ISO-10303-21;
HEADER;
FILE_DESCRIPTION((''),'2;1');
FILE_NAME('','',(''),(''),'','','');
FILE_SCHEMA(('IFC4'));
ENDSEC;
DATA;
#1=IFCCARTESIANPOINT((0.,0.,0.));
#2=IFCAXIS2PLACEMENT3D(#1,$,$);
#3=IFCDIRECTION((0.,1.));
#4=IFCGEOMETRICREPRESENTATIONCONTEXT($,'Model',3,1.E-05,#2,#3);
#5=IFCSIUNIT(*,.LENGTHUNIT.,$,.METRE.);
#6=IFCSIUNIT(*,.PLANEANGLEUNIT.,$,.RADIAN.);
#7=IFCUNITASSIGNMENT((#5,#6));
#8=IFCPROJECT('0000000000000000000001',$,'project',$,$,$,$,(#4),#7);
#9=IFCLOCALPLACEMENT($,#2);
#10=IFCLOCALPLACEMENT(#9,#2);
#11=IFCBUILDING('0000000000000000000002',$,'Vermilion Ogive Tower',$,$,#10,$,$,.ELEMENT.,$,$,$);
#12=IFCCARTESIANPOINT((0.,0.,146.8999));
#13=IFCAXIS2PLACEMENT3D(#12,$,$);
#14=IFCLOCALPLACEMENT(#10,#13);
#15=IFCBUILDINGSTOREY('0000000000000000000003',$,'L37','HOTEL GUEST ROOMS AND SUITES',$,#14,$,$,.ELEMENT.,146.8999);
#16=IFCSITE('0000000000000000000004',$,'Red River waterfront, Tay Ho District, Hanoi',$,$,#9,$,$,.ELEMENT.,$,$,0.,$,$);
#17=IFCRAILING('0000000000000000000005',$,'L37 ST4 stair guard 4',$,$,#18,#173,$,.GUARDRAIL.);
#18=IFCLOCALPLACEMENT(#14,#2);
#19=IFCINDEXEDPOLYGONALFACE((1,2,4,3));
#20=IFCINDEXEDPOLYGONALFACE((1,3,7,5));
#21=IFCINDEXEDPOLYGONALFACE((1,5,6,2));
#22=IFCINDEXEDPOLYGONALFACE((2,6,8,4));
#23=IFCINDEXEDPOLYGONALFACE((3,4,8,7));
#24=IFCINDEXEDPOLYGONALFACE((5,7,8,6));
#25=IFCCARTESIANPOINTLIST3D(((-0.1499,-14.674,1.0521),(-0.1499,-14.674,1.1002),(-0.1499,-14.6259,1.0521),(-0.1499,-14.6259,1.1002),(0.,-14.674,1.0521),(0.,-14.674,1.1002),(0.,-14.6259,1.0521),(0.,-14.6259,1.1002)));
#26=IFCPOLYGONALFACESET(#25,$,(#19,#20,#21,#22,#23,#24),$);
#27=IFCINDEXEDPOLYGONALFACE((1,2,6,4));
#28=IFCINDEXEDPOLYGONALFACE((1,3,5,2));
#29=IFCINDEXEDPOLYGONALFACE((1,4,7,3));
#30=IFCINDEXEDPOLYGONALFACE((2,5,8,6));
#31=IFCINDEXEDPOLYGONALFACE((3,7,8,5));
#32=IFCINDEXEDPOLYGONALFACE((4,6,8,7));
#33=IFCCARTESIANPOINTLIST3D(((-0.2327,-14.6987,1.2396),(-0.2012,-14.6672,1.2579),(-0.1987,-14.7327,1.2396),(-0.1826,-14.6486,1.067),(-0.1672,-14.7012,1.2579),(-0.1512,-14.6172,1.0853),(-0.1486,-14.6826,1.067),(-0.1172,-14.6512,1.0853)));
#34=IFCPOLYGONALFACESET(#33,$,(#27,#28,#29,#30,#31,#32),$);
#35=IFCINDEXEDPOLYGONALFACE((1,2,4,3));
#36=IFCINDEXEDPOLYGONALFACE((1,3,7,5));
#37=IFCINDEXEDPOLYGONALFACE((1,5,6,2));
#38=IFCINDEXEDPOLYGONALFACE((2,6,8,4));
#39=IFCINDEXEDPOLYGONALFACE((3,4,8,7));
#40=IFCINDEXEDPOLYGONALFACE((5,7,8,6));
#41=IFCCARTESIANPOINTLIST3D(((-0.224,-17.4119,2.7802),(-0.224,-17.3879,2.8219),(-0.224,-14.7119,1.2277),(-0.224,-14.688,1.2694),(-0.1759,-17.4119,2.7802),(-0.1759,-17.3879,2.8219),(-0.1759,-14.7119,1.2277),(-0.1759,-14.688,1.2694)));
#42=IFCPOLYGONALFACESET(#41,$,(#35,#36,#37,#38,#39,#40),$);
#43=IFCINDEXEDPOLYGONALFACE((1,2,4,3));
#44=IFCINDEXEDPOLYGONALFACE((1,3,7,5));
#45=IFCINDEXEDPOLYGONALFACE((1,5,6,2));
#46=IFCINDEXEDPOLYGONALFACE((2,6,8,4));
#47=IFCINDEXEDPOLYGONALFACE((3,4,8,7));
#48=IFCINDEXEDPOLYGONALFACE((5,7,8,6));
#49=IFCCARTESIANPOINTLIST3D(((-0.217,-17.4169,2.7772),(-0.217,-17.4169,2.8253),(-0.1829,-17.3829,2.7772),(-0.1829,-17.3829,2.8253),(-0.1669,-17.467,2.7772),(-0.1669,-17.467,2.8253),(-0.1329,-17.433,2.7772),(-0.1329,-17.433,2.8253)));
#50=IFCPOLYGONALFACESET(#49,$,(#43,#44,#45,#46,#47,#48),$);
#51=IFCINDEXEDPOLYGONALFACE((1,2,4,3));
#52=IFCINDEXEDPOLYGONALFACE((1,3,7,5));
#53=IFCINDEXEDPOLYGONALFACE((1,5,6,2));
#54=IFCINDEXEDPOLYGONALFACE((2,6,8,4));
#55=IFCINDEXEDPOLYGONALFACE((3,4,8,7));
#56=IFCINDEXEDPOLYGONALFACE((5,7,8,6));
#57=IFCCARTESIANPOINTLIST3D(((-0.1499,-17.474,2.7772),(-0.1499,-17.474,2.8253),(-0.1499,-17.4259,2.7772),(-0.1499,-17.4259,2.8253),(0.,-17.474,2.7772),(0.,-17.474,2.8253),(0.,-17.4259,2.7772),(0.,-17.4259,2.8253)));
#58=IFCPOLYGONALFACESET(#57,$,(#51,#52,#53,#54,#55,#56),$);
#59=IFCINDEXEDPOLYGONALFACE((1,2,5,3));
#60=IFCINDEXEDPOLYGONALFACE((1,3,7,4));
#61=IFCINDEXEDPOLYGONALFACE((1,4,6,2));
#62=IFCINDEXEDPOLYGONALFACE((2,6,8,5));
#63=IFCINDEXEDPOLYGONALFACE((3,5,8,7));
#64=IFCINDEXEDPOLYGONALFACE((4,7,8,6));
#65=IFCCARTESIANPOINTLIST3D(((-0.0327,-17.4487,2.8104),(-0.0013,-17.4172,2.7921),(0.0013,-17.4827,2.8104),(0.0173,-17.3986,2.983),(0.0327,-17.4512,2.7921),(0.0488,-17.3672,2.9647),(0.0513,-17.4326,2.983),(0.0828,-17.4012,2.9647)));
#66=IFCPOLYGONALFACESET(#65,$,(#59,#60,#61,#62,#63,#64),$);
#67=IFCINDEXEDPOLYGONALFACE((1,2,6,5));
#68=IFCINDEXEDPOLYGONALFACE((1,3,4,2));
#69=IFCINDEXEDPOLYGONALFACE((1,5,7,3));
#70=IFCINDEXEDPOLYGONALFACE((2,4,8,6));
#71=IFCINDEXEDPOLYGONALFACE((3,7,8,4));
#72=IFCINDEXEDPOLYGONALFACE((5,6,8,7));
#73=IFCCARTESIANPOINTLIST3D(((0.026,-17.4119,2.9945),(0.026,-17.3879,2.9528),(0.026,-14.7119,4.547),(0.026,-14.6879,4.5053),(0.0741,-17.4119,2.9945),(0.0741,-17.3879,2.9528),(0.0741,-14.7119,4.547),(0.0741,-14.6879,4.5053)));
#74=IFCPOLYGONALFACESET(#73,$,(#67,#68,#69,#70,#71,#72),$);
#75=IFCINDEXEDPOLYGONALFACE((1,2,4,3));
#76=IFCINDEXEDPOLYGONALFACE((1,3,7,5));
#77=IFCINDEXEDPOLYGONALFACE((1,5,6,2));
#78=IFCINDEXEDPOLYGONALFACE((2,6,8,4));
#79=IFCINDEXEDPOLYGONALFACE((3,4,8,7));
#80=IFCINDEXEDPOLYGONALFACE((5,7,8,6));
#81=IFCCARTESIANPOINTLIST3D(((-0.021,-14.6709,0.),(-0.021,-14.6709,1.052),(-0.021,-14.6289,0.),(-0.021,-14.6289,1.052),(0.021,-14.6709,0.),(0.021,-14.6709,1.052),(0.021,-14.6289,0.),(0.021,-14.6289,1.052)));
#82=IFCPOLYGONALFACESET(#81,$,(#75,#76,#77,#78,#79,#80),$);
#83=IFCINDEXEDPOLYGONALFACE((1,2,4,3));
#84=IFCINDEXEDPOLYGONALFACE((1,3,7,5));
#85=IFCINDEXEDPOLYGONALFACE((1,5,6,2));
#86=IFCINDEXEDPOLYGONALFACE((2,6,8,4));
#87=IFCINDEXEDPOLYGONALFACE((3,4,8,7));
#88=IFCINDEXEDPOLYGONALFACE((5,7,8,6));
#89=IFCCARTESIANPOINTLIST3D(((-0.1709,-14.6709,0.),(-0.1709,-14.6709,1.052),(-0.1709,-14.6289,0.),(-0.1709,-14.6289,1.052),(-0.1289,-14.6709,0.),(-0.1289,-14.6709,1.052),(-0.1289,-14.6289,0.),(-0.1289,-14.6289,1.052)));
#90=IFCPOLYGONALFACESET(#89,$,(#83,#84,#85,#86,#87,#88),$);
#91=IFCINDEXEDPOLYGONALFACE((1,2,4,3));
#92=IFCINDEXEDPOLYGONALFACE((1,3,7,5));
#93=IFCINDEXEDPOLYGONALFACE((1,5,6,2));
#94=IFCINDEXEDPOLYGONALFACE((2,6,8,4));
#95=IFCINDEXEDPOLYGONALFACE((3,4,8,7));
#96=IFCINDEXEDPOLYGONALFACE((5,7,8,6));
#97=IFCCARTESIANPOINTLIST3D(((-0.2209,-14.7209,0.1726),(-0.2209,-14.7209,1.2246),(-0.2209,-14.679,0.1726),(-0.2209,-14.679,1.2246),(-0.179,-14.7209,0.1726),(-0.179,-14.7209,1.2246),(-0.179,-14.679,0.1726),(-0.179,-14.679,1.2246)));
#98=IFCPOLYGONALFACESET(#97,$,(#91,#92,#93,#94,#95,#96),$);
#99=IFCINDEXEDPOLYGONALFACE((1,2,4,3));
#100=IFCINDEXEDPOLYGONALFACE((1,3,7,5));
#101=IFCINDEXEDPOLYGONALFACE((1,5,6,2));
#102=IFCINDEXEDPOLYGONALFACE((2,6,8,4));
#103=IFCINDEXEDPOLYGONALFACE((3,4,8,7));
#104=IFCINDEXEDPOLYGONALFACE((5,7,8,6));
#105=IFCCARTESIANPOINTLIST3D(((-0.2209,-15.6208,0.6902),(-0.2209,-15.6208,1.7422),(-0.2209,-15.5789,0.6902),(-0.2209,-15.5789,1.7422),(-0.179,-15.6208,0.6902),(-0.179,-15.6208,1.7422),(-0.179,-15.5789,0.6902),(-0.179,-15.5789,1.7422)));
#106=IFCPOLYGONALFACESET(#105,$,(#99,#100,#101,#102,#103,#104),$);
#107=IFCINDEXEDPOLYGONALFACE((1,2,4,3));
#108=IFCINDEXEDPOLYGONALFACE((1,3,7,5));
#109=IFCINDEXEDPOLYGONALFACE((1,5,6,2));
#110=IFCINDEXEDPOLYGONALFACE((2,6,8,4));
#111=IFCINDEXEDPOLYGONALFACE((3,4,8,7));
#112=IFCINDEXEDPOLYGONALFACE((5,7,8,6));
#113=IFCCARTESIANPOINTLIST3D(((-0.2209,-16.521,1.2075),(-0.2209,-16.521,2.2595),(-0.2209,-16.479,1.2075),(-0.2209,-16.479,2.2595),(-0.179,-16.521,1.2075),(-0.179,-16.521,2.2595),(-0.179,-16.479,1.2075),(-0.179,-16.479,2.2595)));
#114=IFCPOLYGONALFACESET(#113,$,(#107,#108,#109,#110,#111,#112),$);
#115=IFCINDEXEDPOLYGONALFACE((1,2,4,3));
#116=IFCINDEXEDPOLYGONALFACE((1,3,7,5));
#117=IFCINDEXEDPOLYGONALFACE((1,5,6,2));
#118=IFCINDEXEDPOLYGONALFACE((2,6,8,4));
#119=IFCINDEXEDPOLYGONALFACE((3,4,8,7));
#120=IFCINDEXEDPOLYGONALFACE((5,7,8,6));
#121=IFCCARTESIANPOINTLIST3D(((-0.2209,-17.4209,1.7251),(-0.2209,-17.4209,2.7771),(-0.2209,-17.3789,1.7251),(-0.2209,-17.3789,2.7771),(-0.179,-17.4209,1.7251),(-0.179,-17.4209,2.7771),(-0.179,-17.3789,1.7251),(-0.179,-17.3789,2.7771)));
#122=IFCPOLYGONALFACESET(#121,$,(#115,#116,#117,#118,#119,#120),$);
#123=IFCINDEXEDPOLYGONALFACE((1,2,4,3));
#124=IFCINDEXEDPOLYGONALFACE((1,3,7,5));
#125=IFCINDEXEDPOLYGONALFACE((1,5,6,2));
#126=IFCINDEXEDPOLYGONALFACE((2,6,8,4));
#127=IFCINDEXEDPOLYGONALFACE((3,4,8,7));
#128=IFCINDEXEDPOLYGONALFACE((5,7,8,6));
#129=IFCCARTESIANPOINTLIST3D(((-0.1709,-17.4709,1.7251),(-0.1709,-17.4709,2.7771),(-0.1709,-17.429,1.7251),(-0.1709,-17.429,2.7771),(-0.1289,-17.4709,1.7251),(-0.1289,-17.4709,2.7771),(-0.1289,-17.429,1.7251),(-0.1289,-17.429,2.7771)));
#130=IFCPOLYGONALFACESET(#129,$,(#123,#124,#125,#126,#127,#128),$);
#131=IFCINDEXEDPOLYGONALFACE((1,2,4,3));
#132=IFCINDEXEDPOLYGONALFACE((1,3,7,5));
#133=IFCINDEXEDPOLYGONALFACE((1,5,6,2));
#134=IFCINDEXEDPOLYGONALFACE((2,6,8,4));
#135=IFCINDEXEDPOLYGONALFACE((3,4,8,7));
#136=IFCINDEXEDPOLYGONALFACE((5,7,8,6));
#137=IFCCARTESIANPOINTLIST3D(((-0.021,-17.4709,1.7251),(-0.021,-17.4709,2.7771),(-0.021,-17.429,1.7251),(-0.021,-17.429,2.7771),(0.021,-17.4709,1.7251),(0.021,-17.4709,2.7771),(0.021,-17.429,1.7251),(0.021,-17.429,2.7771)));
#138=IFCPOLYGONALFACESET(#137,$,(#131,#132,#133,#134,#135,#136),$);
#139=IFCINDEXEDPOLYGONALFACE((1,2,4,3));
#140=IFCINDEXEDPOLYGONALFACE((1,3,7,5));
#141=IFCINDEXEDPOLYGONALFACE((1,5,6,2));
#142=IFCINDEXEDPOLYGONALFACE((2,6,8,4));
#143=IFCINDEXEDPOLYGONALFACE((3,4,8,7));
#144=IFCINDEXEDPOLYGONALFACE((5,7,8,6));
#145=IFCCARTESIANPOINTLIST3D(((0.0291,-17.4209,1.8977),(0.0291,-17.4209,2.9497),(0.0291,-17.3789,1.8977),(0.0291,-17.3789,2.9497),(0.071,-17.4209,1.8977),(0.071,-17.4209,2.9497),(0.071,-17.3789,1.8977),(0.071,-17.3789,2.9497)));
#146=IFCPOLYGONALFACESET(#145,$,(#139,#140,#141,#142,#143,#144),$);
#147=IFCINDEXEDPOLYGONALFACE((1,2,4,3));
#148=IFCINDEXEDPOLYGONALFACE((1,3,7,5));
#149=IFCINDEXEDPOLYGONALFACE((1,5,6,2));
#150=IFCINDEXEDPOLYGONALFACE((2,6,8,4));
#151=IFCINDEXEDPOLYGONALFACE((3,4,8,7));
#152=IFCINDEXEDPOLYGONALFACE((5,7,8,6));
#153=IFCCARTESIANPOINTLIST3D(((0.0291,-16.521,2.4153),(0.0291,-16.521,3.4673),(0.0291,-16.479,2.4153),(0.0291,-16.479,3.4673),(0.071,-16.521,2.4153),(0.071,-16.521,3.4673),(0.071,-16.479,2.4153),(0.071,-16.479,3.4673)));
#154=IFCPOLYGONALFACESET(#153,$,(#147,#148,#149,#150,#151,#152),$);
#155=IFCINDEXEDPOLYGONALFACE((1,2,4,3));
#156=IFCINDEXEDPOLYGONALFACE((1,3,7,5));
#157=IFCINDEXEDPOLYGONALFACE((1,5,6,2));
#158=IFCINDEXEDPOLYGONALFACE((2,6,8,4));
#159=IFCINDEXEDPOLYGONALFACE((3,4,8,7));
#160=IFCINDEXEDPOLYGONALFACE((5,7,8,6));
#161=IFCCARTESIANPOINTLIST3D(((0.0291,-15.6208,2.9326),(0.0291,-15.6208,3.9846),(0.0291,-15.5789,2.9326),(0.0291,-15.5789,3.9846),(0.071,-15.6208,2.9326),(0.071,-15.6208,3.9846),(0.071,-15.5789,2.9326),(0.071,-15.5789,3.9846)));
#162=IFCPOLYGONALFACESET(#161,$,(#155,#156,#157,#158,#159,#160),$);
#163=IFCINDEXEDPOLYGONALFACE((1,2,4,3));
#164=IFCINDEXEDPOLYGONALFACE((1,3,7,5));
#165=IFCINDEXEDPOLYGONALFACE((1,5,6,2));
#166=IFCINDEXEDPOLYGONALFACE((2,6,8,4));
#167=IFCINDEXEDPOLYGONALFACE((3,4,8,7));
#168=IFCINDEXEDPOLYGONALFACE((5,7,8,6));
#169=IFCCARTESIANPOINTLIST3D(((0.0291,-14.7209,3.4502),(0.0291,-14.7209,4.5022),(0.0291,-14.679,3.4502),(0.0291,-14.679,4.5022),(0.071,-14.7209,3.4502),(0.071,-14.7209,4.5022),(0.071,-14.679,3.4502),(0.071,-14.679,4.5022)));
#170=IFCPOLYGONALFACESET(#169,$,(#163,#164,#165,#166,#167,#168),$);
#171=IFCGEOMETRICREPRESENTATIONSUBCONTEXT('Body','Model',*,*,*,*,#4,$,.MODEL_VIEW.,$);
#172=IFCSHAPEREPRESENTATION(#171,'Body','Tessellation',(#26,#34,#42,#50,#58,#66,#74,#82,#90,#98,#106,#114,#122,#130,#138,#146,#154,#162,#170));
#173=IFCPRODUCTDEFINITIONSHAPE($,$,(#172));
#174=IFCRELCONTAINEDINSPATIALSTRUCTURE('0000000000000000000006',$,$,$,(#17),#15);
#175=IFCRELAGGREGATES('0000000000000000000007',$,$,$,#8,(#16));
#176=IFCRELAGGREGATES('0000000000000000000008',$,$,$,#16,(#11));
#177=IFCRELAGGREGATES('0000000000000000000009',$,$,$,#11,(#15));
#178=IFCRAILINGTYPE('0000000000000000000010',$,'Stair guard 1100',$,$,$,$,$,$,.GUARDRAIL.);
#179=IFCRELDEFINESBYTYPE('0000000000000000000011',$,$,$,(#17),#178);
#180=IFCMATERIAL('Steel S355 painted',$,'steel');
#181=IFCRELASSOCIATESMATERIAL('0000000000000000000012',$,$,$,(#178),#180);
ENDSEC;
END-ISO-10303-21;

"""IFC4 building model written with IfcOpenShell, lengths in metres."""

from ifc_helpers import new_model, si_unit, direction, frame, origin, origin_2d, place, context, subcontext, project, spatial, rectangle, extrude, material, type_object, element, save


model = new_model("IFC4")

# Units and contexts
model_context = context("Model", 3, precision=1e-05, world=origin(), true_north=direction((0.0, 1.0)))
body_context = subcontext(model_context, "Body", "Model", "MODEL_VIEW")
ifc_project = project(units=[si_unit("LENGTHUNIT", "METRE"), si_unit("PLANEANGLEUNIT", "RADIAN")], contexts=[model_context])

# Site, building, storey
site_placement = place(None, origin())
site = spatial("IfcSite", under=ifc_project, at=site_placement, Name="Red River waterfront, Tay Ho District, Hanoi", CompositionType="ELEMENT", RefElevation=0.0)
building_placement = place(site_placement, origin())
building = spatial("IfcBuilding", under=site, at=building_placement, Name="Vermilion Ogive Tower", CompositionType="ELEMENT")
storey_placement = place(building_placement, frame((0.0, 0.0, 146.8999)))
storey = spatial("IfcBuildingStorey", under=building, at=storey_placement, Name="L37", Description="HOTEL GUEST ROOMS AND SUITES", CompositionType="ELEMENT", Elevation=146.8999)

# Railing
ifc_material_1 = material(Name="Steel S355 painted", Category="steel")
railing_type_1 = type_object("IfcRailingType", Name="Stair guard 1100", PredefinedType="GUARDRAIL", material=ifc_material_1)
railing_1_placement = place(storey_placement, frame((0.0, -14.6499, 0.0)))
element("IfcRailing", 1, at=railing_1_placement, inside=storey, type_object=railing_type_1, Name="L37 ST4 stair guard 4", PredefinedType="GUARDRAIL", context=body_context, shape_type="SweptSolid", body=[
    extrude(rectangle(XDim=0.0481, YDim=0.0481, at=origin_2d()), frame((0.0, 0.0, 1.0762), z_axis=(-1.0, 0.0, 0.0), x_axis=(0.0, -1.0, 0.0)), (0.0, 0.0, 1.0), 0.1499),
    extrude(rectangle(XDim=0.0481, YDim=0.0481, at=origin_2d()), frame((-0.1499, 0.0, 1.0762), z_axis=(-0.268278, -0.268278, 0.925232), x_axis=(0.707107, -0.707107, 0.0)), (0.0, 0.0, 1.0), 0.1865),
    extrude(rectangle(XDim=0.0481, YDim=0.0481, at=origin_2d()), frame((-0.2, -0.05, 1.2485), z_axis=(0.0, -0.866904, 0.498476), x_axis=(1.0, 0.0, 0.0)), (0.0, 0.0, 1.0), 3.1145),
    extrude(rectangle(XDim=0.0481, YDim=0.0481, at=origin_2d()), frame((-0.2, -2.75, 2.8013), z_axis=(0.707107, -0.707107, 0.0), x_axis=(0.707107, 0.707107, 0.0)), (0.0, 0.0, 1.0), 0.0708),
    extrude(rectangle(XDim=0.0481, YDim=0.0481, at=origin_2d()), frame((-0.1499, -2.8, 2.8013), z_axis=(1.0, 0.0, 0.0), x_axis=(0.0, 1.0, 0.0)), (0.0, 0.0, 1.0), 0.1499),
    extrude(rectangle(XDim=0.0481, YDim=0.0481, at=origin_2d()), frame((0.0, -2.8, 2.8013), z_axis=(0.268278, 0.268278, 0.925232), x_axis=(-0.707107, 0.707107, 0.0)), (0.0, 0.0, 1.0), 0.1865),
    extrude(rectangle(XDim=0.0481, YDim=0.0481, at=origin_2d()), frame((0.05, -2.75, 2.9736), z_axis=(0.0, 0.866904, 0.498476), x_axis=(-1.0, 0.0, 0.0)), (0.0, 0.0, 1.0), 3.1145),
    extrude(rectangle(XDim=0.042, YDim=0.042, at=origin_2d()), origin(), (0.0, 0.0, 1.0), 1.052),
    extrude(rectangle(XDim=0.042, YDim=0.042, at=origin_2d()), frame((-0.1499, 0.0, 0.0)), (0.0, 0.0, 1.0), 1.052),
    extrude(rectangle(XDim=0.042, YDim=0.042, at=origin_2d()), frame((-0.2, -0.05, 0.1726)), (0.0, 0.0, 1.0), 1.052),
    extrude(rectangle(XDim=0.042, YDim=0.042, at=origin_2d()), frame((-0.2, -0.95, 0.6902)), (0.0, 0.0, 1.0), 1.052),
    extrude(rectangle(XDim=0.042, YDim=0.042, at=origin_2d()), frame((-0.2, -1.8501, 1.2075)), (0.0, 0.0, 1.0), 1.052),
    extrude(rectangle(XDim=0.042, YDim=0.042, at=origin_2d()), frame((-0.2, -2.75, 1.7251)), (0.0, 0.0, 1.0), 1.052),
    extrude(rectangle(XDim=0.042, YDim=0.042, at=origin_2d()), frame((-0.1499, -2.8, 1.7251)), (0.0, 0.0, 1.0), 1.052),
    extrude(rectangle(XDim=0.042, YDim=0.042, at=origin_2d()), frame((0.0, -2.8, 1.7251)), (0.0, 0.0, 1.0), 1.052),
    extrude(rectangle(XDim=0.042, YDim=0.042, at=origin_2d()), frame((0.05, -2.75, 1.8977)), (0.0, 0.0, 1.0), 1.052),
    extrude(rectangle(XDim=0.042, YDim=0.042, at=origin_2d()), frame((0.05, -1.8501, 2.4153)), (0.0, 0.0, 1.0), 1.052),
    extrude(rectangle(XDim=0.042, YDim=0.042, at=origin_2d()), frame((0.05, -0.95, 2.9326)), (0.0, 0.0, 1.0), 1.052),
    extrude(rectangle(XDim=0.042, YDim=0.042, at=origin_2d()), frame((0.05, -0.05, 3.4502)), (0.0, 0.0, 1.0), 1.052),
])

save(model, "model.ifc")
